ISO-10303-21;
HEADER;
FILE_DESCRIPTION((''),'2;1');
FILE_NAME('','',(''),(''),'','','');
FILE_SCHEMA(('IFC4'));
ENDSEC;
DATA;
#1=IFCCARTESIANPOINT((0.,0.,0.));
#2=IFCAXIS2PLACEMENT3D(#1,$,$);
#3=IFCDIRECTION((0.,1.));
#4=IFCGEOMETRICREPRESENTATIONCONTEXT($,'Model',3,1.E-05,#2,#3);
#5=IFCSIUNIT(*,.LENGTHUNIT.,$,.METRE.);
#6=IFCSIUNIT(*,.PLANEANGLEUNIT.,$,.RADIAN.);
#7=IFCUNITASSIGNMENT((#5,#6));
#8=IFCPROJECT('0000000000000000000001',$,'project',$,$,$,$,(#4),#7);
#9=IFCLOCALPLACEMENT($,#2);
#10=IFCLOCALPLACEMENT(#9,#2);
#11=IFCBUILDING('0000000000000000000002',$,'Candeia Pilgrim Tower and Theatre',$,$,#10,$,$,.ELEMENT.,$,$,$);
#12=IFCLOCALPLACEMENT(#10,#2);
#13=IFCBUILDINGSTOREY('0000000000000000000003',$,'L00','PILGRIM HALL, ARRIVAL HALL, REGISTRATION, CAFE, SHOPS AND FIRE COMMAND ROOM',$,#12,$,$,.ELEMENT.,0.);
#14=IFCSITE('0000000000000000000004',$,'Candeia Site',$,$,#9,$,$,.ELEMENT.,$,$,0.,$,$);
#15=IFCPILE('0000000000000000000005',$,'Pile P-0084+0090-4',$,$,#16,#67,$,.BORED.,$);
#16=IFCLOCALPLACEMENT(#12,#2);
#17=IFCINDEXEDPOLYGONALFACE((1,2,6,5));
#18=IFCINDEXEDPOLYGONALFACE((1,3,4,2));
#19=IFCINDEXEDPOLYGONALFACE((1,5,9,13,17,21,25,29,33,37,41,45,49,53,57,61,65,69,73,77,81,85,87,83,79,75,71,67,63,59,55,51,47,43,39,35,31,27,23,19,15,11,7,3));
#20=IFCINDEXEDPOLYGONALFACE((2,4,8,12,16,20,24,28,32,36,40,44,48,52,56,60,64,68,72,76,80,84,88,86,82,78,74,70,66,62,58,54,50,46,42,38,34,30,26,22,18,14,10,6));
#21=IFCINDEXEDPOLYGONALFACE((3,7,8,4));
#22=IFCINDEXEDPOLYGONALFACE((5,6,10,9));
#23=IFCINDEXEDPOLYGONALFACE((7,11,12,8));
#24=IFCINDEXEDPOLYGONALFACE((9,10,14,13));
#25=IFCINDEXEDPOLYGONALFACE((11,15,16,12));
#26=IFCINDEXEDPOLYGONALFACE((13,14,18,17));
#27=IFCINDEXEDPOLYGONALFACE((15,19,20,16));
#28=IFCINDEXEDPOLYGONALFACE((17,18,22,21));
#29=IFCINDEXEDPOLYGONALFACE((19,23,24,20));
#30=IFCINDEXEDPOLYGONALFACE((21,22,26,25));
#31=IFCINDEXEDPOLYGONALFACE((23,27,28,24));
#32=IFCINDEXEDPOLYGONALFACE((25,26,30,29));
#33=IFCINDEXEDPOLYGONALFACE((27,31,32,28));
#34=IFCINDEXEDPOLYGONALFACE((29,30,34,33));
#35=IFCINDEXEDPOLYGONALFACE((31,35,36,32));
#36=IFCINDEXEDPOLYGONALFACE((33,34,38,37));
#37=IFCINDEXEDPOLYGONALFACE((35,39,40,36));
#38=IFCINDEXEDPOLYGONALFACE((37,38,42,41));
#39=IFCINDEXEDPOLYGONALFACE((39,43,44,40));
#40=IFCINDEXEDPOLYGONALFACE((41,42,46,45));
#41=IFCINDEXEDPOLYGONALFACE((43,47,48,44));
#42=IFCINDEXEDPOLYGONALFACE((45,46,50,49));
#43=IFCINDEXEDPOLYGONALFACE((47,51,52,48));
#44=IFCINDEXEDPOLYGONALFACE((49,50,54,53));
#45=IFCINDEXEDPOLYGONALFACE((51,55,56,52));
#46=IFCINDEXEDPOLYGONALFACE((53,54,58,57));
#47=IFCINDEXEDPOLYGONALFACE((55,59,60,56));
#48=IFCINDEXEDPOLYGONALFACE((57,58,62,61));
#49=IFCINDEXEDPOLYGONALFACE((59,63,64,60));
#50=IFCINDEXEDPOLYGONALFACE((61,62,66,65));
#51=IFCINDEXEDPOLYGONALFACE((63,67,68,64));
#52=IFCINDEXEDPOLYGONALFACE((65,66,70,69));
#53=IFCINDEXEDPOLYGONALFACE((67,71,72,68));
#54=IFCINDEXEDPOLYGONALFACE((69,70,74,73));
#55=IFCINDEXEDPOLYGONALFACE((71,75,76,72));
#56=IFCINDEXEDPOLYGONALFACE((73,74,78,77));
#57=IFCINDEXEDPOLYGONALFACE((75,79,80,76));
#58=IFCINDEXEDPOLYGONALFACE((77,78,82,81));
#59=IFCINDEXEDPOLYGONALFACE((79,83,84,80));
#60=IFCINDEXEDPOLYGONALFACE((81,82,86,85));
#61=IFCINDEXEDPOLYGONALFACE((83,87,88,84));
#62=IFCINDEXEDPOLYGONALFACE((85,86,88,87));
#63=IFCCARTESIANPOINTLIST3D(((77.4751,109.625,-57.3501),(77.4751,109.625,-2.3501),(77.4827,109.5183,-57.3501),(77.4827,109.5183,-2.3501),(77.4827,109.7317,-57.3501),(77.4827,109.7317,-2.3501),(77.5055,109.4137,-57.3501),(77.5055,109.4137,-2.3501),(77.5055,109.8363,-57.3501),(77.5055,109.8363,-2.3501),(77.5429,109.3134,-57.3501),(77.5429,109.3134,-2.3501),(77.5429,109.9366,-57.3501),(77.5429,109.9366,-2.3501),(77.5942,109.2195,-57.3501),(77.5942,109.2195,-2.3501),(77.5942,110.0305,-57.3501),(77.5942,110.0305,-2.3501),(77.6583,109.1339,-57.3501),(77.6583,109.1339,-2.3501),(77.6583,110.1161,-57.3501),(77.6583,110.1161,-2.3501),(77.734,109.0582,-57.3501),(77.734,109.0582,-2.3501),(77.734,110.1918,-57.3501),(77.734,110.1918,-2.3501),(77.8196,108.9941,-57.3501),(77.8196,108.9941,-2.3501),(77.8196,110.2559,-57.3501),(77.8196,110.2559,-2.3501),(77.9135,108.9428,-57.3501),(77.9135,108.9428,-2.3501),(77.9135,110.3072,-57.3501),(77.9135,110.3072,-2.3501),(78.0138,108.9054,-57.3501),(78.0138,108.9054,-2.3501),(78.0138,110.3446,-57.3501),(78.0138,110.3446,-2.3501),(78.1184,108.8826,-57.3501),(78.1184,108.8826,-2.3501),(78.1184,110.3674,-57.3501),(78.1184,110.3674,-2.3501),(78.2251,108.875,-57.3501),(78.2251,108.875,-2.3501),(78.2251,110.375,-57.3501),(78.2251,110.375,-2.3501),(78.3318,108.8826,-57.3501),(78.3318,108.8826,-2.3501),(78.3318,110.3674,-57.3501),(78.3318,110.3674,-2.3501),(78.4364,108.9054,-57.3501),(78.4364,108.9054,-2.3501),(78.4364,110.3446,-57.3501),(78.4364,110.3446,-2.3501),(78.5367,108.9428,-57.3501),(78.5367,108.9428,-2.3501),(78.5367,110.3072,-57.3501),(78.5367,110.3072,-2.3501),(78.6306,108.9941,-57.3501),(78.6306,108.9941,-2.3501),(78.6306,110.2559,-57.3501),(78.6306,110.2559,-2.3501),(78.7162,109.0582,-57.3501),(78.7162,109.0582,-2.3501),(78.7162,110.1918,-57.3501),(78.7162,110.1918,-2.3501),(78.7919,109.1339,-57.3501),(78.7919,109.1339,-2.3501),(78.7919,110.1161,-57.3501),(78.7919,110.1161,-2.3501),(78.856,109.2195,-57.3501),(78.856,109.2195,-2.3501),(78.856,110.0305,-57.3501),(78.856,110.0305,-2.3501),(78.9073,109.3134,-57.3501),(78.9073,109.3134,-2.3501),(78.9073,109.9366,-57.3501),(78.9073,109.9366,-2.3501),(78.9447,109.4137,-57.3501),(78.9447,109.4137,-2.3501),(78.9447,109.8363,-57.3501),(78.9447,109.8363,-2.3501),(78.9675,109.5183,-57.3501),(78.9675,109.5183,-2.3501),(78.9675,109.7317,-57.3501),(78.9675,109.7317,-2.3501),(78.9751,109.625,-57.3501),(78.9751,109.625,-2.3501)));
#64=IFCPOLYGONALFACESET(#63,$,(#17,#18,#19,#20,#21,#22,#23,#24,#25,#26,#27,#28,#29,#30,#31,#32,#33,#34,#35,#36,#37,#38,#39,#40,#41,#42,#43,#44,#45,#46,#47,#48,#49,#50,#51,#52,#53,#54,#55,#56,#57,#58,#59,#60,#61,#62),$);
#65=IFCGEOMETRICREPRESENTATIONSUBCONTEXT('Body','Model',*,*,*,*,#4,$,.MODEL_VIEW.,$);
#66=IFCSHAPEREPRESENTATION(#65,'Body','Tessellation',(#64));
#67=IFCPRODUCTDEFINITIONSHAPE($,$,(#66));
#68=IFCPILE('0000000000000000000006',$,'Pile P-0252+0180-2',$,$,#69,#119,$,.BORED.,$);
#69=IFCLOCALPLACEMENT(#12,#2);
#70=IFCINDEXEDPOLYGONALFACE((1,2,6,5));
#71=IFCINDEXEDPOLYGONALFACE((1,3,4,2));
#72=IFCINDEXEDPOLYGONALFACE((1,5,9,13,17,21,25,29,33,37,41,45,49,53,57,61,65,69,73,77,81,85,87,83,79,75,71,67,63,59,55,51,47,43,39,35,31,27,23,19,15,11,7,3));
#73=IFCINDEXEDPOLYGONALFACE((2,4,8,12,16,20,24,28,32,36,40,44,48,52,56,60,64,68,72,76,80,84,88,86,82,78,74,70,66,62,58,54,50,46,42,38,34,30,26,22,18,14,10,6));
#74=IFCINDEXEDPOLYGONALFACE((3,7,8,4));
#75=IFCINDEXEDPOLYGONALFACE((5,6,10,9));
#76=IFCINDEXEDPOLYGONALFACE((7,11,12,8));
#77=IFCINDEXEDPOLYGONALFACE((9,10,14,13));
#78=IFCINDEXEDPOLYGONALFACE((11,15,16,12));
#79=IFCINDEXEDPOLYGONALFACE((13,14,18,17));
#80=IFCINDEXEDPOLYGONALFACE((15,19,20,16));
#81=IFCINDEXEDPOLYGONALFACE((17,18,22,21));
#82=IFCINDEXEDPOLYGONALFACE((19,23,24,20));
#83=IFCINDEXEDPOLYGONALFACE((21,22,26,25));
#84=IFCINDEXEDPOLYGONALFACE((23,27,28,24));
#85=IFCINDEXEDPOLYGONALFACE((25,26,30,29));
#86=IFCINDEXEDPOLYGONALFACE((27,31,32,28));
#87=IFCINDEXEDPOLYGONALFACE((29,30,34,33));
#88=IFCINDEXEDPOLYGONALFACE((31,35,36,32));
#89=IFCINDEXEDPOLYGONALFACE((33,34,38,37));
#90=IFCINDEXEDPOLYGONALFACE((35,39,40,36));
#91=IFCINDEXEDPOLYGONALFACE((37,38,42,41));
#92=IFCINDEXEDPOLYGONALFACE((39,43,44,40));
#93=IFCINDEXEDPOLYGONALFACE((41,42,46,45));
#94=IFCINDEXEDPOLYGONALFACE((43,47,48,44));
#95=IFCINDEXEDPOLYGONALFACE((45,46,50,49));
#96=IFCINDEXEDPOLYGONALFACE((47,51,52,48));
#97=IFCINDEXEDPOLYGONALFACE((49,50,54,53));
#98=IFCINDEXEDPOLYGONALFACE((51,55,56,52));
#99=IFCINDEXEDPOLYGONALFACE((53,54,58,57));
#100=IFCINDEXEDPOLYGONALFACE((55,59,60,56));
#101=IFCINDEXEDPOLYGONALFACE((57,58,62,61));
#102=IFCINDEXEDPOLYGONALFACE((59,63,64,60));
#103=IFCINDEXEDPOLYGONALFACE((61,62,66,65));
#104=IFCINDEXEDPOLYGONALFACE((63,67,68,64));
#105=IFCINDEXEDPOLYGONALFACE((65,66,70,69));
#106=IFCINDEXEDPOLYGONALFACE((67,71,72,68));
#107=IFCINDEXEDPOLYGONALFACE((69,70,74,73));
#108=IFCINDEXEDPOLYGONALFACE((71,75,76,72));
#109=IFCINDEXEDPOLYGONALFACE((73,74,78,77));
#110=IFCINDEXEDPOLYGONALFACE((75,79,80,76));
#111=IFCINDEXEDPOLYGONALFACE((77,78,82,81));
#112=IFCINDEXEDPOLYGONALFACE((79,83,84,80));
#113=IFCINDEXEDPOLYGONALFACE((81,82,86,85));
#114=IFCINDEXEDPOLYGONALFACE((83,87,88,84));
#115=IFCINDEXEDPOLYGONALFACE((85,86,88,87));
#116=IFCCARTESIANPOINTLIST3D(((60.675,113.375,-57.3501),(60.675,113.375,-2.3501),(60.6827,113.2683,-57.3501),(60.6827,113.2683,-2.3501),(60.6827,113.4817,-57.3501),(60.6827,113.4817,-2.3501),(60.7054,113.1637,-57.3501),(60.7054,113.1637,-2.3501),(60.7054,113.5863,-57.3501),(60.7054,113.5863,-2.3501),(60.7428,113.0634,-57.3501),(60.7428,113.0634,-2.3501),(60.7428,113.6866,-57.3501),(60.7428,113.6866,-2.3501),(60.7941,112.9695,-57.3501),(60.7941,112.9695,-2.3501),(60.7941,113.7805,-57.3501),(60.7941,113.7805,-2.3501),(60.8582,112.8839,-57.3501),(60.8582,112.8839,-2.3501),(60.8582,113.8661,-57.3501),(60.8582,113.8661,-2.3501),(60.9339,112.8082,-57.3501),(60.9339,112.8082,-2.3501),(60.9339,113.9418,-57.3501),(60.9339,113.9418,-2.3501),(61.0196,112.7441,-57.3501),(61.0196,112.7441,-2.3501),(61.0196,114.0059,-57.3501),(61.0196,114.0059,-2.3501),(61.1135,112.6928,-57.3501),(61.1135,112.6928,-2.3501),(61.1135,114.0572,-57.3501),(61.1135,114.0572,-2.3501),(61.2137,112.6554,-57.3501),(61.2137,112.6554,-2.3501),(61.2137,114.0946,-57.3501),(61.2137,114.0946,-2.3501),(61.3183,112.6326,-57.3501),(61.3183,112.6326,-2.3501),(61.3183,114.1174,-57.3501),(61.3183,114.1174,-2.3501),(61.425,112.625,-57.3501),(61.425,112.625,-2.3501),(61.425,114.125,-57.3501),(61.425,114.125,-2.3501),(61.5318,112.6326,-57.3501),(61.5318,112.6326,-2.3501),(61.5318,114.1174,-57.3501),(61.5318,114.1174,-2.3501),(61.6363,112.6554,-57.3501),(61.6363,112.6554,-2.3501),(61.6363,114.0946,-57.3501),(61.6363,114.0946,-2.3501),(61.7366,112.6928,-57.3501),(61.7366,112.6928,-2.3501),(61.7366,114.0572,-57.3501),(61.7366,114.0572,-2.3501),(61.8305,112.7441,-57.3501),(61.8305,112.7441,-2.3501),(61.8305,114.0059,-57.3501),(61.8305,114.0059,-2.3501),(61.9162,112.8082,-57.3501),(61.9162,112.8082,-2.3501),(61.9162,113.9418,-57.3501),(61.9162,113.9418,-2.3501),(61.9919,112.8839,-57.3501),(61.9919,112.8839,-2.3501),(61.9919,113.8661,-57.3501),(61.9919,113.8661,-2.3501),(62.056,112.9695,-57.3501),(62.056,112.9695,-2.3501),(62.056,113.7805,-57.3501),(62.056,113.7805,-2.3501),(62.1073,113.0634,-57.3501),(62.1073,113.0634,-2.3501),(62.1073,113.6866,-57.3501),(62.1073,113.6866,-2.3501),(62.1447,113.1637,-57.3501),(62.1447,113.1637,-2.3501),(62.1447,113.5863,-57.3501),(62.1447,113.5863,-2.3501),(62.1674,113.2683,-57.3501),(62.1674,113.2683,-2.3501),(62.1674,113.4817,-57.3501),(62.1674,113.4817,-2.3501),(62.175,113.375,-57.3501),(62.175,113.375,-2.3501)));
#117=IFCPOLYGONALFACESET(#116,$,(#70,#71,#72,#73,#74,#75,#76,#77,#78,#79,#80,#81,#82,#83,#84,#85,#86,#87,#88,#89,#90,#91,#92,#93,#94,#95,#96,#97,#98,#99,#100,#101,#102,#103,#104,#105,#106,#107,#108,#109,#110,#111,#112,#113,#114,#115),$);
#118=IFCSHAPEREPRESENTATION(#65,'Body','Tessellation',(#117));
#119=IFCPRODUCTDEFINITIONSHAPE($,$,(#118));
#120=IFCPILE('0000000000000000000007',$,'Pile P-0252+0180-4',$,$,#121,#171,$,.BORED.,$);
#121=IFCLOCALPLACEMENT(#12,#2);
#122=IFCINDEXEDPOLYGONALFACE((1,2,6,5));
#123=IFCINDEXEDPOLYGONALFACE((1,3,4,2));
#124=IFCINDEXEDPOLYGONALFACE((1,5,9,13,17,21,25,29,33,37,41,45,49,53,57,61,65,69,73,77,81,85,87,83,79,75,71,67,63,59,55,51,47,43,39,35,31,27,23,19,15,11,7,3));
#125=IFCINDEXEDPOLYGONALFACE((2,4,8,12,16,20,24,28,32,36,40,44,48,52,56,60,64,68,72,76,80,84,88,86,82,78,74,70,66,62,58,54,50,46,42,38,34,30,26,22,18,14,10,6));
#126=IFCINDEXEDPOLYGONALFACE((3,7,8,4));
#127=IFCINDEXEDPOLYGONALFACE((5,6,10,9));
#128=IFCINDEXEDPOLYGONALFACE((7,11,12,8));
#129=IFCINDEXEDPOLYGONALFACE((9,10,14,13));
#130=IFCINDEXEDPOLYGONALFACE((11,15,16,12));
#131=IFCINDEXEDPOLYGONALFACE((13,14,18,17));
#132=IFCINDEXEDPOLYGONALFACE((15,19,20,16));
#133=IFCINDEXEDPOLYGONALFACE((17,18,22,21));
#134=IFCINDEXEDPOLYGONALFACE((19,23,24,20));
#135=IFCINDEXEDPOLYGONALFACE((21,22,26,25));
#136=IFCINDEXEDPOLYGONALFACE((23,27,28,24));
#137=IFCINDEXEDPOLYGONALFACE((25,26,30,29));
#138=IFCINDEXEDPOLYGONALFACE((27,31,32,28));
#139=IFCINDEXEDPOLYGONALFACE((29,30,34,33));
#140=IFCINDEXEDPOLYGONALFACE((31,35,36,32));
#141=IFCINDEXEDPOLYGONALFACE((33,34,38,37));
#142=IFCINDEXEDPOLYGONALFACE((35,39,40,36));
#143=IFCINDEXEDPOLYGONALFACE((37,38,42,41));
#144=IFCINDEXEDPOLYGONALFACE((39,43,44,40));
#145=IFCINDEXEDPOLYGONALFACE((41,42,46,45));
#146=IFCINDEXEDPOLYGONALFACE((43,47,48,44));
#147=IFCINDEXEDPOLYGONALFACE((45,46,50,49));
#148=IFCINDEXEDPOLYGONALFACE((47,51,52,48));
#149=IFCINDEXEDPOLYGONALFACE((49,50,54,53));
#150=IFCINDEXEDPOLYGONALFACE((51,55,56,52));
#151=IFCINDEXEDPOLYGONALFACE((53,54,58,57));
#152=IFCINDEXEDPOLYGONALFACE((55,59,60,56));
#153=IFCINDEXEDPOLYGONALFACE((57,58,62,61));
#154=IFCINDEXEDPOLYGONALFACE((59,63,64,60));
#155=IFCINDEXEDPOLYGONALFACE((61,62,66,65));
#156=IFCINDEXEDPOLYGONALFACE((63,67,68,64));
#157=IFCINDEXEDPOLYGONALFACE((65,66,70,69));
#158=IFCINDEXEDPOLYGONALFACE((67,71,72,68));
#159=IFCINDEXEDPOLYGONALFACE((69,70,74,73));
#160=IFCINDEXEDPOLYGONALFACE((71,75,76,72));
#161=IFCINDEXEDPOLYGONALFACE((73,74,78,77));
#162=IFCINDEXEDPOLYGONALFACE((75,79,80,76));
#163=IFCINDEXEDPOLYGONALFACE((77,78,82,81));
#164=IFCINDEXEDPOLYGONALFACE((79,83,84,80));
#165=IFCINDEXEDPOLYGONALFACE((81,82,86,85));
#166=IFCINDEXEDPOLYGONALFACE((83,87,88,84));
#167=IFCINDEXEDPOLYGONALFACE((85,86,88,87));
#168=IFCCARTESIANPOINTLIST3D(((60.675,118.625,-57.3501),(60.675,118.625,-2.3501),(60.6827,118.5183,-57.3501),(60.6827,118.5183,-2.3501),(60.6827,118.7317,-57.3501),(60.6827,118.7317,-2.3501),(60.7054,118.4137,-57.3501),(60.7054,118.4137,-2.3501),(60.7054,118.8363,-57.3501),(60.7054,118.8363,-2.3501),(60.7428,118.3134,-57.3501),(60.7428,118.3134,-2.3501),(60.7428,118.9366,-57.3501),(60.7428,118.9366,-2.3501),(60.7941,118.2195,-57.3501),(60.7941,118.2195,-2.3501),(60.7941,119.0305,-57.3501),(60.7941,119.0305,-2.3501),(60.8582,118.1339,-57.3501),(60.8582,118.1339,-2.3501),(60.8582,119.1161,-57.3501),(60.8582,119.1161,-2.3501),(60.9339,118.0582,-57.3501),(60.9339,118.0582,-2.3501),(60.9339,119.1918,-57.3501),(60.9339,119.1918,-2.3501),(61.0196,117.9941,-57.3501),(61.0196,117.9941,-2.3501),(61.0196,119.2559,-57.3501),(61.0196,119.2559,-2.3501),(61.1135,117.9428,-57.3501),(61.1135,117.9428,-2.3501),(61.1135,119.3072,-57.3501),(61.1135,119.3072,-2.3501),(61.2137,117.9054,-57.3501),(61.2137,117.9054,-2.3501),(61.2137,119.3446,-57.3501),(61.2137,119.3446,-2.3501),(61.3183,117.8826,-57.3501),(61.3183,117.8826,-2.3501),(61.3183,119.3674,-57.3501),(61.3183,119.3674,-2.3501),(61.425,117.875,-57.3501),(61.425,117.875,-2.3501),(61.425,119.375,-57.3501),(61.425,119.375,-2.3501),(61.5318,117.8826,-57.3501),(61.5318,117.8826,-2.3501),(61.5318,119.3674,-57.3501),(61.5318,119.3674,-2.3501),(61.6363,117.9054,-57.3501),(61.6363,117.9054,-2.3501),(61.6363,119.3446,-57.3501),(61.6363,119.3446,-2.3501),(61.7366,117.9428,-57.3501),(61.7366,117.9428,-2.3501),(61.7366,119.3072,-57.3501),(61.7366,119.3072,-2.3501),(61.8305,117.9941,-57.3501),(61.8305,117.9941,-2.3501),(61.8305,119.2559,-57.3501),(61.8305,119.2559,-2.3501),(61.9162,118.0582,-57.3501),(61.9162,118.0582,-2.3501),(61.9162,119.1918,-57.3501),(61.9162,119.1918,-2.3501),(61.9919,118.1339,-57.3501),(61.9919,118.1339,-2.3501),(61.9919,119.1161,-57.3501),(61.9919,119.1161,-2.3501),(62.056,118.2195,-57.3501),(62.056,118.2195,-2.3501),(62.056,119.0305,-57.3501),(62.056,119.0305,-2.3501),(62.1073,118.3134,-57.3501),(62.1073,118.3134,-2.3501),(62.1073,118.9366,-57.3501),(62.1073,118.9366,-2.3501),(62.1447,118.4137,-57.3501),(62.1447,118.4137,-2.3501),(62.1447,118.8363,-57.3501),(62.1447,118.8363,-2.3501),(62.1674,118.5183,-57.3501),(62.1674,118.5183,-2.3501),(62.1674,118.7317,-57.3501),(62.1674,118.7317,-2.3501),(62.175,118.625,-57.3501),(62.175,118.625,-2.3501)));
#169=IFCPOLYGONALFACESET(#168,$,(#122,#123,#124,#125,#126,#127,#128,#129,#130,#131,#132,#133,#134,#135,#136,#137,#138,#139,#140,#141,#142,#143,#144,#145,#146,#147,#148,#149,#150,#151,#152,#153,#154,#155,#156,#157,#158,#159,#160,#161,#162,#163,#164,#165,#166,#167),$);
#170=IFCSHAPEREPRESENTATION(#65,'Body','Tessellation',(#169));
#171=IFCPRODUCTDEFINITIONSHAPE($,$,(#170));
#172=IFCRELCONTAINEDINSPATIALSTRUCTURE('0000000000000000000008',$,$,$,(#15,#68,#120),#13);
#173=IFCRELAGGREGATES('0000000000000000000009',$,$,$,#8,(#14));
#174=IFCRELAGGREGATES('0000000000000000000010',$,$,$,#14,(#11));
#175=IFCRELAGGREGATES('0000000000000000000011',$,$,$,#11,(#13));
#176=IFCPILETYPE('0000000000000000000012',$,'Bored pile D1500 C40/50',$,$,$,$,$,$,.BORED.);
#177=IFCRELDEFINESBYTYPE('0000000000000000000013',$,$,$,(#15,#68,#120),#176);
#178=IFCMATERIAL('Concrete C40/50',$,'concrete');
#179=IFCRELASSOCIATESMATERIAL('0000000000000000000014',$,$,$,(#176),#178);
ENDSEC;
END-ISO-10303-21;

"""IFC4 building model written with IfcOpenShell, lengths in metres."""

from ifc_helpers import new_model, si_unit, direction, frame, origin, origin_2d, place, context, subcontext, project, spatial, circle, extrude, material, material_profile, profile_set, type_object, element, save


model = new_model("IFC4")

# Units and contexts
model_context = context("Model", 3, precision=1e-05, world=origin(), true_north=direction((0.0, 1.0)))
body_context = subcontext(model_context, "Body", "Model", "MODEL_VIEW")
ifc_project = project(units=[si_unit("LENGTHUNIT", "METRE"), si_unit("PLANEANGLEUNIT", "RADIAN")], contexts=[model_context])

# Site, building, storey
site_placement = place(None, origin())
site = spatial("IfcSite", under=ifc_project, at=site_placement, Name="Candeia Site", CompositionType="ELEMENT", RefElevation=0.0)
building_placement = place(site_placement, origin())
building = spatial("IfcBuilding", under=site, at=building_placement, Name="Candeia Pilgrim Tower and Theatre", CompositionType="ELEMENT")
storey_placement = place(building_placement, origin())
storey = spatial("IfcBuildingStorey", under=building, at=storey_placement, Name="L00", Description="PILGRIM HALL, ARRIVAL HALL, REGISTRATION, CAFE, SHOPS AND FIRE COMMAND ROOM", CompositionType="ELEMENT", Elevation=0.0)

# Piles
ifc_material_1 = material(Name="Concrete C40/50", Category="concrete")
ifc_material_profile_1 = material_profile(ifc_material_1, circle(Radius=0.75, at=origin_2d()))
ifc_profile_set_1 = profile_set([ifc_material_profile_1], Name="Concrete C40/50")
pile_type = type_object("IfcPileType", Name="Bored pile D1500 C40/50", PredefinedType="BORED", material=ifc_profile_set_1)
for number, where, z_axis, x_axis, name in (
    (1, (78.2251, 109.625, -2.3501), (0.0, 0.0, -1.0), (1.0, 0.0, 0.0), "Pile P-0084+0090-4"),
    (2, (61.425, 113.375, -2.3501), (0.0, 0.0, -1.0), (1.0, 0.0, 0.0), "Pile P-0252+0180-2"),
    (3, (61.425, 118.625, -2.3501), (0.0, 0.0, -1.0), (1.0, 0.0, 0.0), "Pile P-0252+0180-4"),
):
    element("IfcPile", number, at=place(storey_placement, frame(where, z_axis=z_axis, x_axis=x_axis)), inside=storey, type_object=pile_type, Name=name, PredefinedType="BORED", context=body_context, shape_type="SweptSolid", body=[
        extrude(circle(Radius=0.75, at=origin_2d()), origin(), (0.0, 0.0, 1.0), 55.0),
    ])

save(model, "model.ifc")
